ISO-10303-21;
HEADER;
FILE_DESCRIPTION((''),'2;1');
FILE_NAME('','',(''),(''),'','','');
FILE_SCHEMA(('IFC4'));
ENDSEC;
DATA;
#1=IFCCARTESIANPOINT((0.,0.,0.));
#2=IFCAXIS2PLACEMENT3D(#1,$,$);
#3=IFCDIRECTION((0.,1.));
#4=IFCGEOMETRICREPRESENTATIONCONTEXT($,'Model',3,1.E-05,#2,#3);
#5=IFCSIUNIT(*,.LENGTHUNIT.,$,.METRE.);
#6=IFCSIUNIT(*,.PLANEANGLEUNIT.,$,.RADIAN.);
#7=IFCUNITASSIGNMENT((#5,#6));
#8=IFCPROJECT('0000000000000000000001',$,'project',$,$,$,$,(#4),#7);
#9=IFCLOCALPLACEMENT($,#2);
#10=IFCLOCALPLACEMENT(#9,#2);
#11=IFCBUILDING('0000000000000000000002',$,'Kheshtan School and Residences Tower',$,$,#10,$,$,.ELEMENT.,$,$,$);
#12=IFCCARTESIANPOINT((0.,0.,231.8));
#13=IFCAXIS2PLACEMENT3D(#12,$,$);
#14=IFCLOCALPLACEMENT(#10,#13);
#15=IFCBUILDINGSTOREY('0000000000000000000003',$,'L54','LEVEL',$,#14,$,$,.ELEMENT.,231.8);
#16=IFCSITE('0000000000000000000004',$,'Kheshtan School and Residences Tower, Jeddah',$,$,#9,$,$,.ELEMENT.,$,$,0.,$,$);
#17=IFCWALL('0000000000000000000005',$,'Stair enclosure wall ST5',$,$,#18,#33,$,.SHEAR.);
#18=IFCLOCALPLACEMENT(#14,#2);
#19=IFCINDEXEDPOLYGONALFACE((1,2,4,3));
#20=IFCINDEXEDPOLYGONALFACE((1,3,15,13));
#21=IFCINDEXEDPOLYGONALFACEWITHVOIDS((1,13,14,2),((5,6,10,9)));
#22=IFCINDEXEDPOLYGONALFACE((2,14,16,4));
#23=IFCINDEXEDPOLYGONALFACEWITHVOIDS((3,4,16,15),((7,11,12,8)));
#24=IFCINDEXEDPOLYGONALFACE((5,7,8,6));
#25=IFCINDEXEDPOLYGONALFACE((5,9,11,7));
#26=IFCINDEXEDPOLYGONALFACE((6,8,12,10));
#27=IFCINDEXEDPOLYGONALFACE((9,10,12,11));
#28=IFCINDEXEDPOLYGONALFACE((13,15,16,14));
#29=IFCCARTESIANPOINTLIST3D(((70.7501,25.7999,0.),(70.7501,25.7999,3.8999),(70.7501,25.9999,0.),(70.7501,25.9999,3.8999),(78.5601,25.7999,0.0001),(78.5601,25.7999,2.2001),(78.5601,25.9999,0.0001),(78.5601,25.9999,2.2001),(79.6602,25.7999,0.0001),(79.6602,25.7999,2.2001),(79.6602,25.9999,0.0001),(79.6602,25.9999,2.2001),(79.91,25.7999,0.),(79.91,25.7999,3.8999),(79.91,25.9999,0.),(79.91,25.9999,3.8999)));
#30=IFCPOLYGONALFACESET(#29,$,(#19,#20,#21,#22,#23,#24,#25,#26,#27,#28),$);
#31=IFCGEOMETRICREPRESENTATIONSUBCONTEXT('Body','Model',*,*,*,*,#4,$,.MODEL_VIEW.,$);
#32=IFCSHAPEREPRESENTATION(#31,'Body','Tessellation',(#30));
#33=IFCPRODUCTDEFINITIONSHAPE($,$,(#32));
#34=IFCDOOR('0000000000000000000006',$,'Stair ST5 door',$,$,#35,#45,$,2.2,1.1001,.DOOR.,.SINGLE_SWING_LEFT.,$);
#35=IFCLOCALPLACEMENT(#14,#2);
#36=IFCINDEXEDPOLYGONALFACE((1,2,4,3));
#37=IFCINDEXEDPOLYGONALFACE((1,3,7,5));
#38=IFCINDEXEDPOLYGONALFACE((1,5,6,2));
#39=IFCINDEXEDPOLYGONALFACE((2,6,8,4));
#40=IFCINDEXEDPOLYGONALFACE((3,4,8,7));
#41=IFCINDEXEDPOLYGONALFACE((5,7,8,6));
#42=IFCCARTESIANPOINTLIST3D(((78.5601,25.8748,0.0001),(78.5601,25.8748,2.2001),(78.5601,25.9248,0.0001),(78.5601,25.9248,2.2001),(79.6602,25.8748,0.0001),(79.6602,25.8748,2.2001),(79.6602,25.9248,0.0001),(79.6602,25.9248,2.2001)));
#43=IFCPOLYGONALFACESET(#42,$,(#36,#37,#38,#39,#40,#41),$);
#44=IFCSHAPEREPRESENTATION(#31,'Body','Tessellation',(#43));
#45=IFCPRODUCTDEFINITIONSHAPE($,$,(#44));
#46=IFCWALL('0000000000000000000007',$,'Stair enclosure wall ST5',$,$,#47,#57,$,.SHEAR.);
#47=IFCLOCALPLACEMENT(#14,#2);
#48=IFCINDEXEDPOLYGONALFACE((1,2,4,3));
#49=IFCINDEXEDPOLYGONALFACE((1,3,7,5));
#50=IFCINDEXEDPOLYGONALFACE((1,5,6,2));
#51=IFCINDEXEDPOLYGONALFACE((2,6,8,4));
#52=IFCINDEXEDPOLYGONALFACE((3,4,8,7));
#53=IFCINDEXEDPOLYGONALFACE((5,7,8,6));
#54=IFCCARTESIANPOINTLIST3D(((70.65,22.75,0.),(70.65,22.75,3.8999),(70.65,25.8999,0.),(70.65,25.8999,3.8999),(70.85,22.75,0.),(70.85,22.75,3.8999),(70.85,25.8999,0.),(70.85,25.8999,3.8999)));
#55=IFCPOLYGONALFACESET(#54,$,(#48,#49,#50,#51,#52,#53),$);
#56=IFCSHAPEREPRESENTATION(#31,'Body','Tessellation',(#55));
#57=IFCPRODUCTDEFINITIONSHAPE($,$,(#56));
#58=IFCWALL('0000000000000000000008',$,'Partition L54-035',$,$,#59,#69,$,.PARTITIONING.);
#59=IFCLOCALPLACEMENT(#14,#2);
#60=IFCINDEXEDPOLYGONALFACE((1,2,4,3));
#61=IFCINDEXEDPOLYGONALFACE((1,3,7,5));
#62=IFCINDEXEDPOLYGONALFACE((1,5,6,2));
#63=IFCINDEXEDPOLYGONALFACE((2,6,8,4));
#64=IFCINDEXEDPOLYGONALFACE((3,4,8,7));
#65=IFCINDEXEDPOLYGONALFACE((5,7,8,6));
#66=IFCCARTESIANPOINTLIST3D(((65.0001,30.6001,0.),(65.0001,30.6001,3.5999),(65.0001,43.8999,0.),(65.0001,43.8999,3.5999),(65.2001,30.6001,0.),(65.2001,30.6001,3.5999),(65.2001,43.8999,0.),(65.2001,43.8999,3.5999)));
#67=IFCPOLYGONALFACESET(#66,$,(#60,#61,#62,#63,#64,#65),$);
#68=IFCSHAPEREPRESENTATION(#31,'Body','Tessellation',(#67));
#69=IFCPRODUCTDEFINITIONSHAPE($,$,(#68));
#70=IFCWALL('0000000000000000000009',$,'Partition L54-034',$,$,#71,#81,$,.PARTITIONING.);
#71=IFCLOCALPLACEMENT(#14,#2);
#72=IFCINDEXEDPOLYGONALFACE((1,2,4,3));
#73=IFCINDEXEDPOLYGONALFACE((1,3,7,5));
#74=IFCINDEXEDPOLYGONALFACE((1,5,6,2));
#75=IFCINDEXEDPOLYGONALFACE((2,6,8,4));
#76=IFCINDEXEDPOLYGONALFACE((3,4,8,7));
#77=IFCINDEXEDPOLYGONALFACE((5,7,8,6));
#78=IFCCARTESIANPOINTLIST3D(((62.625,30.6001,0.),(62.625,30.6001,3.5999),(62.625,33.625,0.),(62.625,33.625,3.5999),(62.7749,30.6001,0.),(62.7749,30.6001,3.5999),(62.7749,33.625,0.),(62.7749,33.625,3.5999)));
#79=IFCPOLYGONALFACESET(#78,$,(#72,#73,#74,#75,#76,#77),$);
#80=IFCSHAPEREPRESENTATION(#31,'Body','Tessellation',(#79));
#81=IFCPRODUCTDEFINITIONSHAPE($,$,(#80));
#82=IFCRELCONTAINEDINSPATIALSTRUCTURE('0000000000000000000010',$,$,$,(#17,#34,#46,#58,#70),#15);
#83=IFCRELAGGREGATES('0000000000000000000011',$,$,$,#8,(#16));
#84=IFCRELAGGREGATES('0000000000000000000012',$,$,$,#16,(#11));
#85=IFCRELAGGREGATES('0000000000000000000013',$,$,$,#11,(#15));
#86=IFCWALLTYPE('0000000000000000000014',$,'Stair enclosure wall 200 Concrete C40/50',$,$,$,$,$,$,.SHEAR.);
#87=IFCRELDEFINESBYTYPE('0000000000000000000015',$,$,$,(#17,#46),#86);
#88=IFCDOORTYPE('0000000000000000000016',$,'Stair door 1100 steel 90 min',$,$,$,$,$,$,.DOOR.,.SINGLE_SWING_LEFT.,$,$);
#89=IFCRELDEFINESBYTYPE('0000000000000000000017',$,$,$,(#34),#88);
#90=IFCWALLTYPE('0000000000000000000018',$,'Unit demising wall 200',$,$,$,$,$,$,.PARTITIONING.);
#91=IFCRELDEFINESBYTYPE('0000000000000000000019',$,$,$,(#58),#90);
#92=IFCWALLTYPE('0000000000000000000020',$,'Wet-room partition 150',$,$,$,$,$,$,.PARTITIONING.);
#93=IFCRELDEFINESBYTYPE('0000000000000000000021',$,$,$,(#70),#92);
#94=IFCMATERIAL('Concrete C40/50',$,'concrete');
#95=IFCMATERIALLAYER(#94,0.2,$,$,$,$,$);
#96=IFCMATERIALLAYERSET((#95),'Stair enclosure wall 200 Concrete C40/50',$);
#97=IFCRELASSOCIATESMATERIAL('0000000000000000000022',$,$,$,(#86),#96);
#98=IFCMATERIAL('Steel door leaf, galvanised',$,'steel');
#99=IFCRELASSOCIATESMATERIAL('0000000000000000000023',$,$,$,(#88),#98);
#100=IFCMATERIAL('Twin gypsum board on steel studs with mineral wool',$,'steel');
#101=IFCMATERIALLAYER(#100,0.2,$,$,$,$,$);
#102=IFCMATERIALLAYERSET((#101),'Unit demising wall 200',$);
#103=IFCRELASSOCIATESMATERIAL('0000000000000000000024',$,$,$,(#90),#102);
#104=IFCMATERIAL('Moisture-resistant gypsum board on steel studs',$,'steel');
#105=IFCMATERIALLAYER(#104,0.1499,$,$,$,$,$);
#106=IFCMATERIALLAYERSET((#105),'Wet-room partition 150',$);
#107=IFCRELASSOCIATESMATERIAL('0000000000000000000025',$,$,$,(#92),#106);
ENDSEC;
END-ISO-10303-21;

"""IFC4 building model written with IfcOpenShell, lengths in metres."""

from ifc_helpers import new_model, si_unit, direction, frame, frame_2d, origin, place, context, subcontext, project, spatial, rectangle, extrude, source, transform, mapped, material, layer, layer_set, type_object, element, fill, save


model = new_model("IFC4")

# Units and contexts
model_context = context("Model", 3, precision=1e-05, world=origin(), true_north=direction((0.0, 1.0)))
body_context = subcontext(model_context, "Body", "Model", "MODEL_VIEW")
ifc_project = project(units=[si_unit("LENGTHUNIT", "METRE"), si_unit("PLANEANGLEUNIT", "RADIAN")], contexts=[model_context])

# Site, building, storey
site_placement = place(None, origin())
site = spatial("IfcSite", under=ifc_project, at=site_placement, Name="Kheshtan School and Residences Tower, Jeddah", CompositionType="ELEMENT", RefElevation=0.0)
building_placement = place(site_placement, origin())
building = spatial("IfcBuilding", under=site, at=building_placement, Name="Kheshtan School and Residences Tower", CompositionType="ELEMENT")
storey_placement = place(building_placement, frame((0.0, 0.0, 231.8)))
storey = spatial("IfcBuildingStorey", under=building, at=storey_placement, Name="L54", Description="LEVEL", CompositionType="ELEMENT", Elevation=231.8)

# Shared definitions
ifc_material_1 = material(Name="Steel door leaf, galvanised", Category="steel")

# Shared definitions
ifc_material_2 = material(Name="Concrete C40/50", Category="concrete")
ifc_layer_1 = layer(ifc_material_2, 0.2)
ifc_layer_set_1 = layer_set([ifc_layer_1], Name="Stair enclosure wall 200 Concrete C40/50")
wall_type_1 = type_object("IfcWallType", Name="Stair enclosure wall 200 Concrete C40/50", PredefinedType="SHEAR", material=ifc_layer_set_1)

# Wall, opening, door
wall_1_placement = place(storey_placement, frame((70.75, 25.8999, 0.0), z_axis=(0.0, 0.0, 1.0), x_axis=(1.0, 0.0, 0.0)))
wall_1 = element("IfcWall", 1, at=wall_1_placement, inside=storey, type_object=wall_type_1, Name="Stair enclosure wall ST5", PredefinedType="SHEAR", context=body_context, shape_type="SweptSolid", body=[
    extrude(rectangle(XDim=9.1599, YDim=0.2, at=frame_2d((4.5801, 0.0))), origin(), (0.0, 0.0, 1.0), 3.8999),
])
opening_1_placement = place(wall_1_placement, frame((7.8101, 0.0, 0.0)))
opening_1 = element("IfcOpeningElement", 2, at=opening_1_placement, cuts=wall_1, PredefinedType="OPENING", context=body_context, shape_type="SweptSolid", body=[
    extrude(rectangle(XDim=1.1001, YDim=2.2, at=frame_2d((0.55, 1.1001))), frame((0.0, 0.1099, 0.0), z_axis=(0.0, -1.0, 0.0), x_axis=(1.0, 0.0, 0.0)), (0.0, 0.0, 1.0), 0.22),
])
door_type_1 = type_object("IfcDoorType", Name="Stair door 1100 steel 90 min", OperationType="SINGLE_SWING_LEFT", PredefinedType="DOOR", material=ifc_material_1)
shared_shape_1 = source(origin(), body_context, "Body", "SweptSolid", [
    extrude(rectangle(XDim=1.1001, YDim=2.2, at=frame_2d((0.55, 1.1001))), frame((0.0, 0.0249, 0.0), z_axis=(0.0, -1.0, 0.0), x_axis=(1.0, 0.0, 0.0)), (0.0, 0.0, 1.0), 0.05),
])
door_1_placement = place(opening_1_placement, origin())
door_1 = element("IfcDoor", 3, at=door_1_placement, inside=storey, type_object=door_type_1, Name="Stair ST5 door", OperationType="SINGLE_SWING_LEFT", OverallHeight=2.2, OverallWidth=1.1001, PredefinedType="DOOR", context=body_context, shape_type="MappedRepresentation", body=[
    mapped(shared_shape_1, transform((0.0, 0.0, 0.0), x_axis=(1.0, 0.0, 0.0), y_axis=(0.0, 1.0, 0.0), z_axis=(0.0, 0.0, 1.0), scale=1.0)),
])
fill(opening_1, door_1)

# Walls
wall_2_placement = place(storey_placement, frame((70.75, 22.75, 0.0), z_axis=(0.0, 0.0, 1.0), x_axis=(0.0, 1.0, 0.0)))
element("IfcWall", 4, at=wall_2_placement, inside=storey, type_object=wall_type_1, Name="Stair enclosure wall ST5", PredefinedType="SHEAR", context=body_context, shape_type="SweptSolid", body=[
    extrude(rectangle(XDim=3.1499, YDim=0.2, at=frame_2d((1.575, 0.0))), origin(), (0.0, 0.0, 1.0), 3.8999),
])
ifc_material_3 = material(Name="Twin gypsum board on steel studs with mineral wool", Category="steel")
ifc_layer_2 = layer(ifc_material_3, 0.2)
ifc_layer_set_2 = layer_set([ifc_layer_2], Name="Unit demising wall 200")
wall_type_2 = type_object("IfcWallType", Name="Unit demising wall 200", PredefinedType="PARTITIONING", material=ifc_layer_set_2)
wall_3_placement = place(storey_placement, frame((65.1001, 30.6001, 0.0), z_axis=(0.0, 0.0, 1.0), x_axis=(0.0, 1.0, 0.0)))
element("IfcWall", 5, at=wall_3_placement, inside=storey, type_object=wall_type_2, Name="Partition L54-035", PredefinedType="PARTITIONING", context=body_context, shape_type="SweptSolid", body=[
    extrude(rectangle(XDim=13.2998, YDim=0.2, at=frame_2d((6.6499, 0.0))), origin(), (0.0, 0.0, 1.0), 3.5999),
])
ifc_material_4 = material(Name="Moisture-resistant gypsum board on steel studs", Category="steel")
ifc_layer_3 = layer(ifc_material_4, 0.1499)
ifc_layer_set_3 = layer_set([ifc_layer_3], Name="Wet-room partition 150")
wall_type_3 = type_object("IfcWallType", Name="Wet-room partition 150", PredefinedType="PARTITIONING", material=ifc_layer_set_3)
wall_4_placement = place(storey_placement, frame((62.7, 30.6001, 0.0), z_axis=(0.0, 0.0, 1.0), x_axis=(0.0, 1.0, 0.0)))
element("IfcWall", 6, at=wall_4_placement, inside=storey, type_object=wall_type_3, Name="Partition L54-034", PredefinedType="PARTITIONING", context=body_context, shape_type="SweptSolid", body=[
    extrude(rectangle(XDim=3.0249, YDim=0.1499, at=frame_2d((1.5125, 0.0))), origin(), (0.0, 0.0, 1.0), 3.5999),
])

save(model, "model.ifc")
